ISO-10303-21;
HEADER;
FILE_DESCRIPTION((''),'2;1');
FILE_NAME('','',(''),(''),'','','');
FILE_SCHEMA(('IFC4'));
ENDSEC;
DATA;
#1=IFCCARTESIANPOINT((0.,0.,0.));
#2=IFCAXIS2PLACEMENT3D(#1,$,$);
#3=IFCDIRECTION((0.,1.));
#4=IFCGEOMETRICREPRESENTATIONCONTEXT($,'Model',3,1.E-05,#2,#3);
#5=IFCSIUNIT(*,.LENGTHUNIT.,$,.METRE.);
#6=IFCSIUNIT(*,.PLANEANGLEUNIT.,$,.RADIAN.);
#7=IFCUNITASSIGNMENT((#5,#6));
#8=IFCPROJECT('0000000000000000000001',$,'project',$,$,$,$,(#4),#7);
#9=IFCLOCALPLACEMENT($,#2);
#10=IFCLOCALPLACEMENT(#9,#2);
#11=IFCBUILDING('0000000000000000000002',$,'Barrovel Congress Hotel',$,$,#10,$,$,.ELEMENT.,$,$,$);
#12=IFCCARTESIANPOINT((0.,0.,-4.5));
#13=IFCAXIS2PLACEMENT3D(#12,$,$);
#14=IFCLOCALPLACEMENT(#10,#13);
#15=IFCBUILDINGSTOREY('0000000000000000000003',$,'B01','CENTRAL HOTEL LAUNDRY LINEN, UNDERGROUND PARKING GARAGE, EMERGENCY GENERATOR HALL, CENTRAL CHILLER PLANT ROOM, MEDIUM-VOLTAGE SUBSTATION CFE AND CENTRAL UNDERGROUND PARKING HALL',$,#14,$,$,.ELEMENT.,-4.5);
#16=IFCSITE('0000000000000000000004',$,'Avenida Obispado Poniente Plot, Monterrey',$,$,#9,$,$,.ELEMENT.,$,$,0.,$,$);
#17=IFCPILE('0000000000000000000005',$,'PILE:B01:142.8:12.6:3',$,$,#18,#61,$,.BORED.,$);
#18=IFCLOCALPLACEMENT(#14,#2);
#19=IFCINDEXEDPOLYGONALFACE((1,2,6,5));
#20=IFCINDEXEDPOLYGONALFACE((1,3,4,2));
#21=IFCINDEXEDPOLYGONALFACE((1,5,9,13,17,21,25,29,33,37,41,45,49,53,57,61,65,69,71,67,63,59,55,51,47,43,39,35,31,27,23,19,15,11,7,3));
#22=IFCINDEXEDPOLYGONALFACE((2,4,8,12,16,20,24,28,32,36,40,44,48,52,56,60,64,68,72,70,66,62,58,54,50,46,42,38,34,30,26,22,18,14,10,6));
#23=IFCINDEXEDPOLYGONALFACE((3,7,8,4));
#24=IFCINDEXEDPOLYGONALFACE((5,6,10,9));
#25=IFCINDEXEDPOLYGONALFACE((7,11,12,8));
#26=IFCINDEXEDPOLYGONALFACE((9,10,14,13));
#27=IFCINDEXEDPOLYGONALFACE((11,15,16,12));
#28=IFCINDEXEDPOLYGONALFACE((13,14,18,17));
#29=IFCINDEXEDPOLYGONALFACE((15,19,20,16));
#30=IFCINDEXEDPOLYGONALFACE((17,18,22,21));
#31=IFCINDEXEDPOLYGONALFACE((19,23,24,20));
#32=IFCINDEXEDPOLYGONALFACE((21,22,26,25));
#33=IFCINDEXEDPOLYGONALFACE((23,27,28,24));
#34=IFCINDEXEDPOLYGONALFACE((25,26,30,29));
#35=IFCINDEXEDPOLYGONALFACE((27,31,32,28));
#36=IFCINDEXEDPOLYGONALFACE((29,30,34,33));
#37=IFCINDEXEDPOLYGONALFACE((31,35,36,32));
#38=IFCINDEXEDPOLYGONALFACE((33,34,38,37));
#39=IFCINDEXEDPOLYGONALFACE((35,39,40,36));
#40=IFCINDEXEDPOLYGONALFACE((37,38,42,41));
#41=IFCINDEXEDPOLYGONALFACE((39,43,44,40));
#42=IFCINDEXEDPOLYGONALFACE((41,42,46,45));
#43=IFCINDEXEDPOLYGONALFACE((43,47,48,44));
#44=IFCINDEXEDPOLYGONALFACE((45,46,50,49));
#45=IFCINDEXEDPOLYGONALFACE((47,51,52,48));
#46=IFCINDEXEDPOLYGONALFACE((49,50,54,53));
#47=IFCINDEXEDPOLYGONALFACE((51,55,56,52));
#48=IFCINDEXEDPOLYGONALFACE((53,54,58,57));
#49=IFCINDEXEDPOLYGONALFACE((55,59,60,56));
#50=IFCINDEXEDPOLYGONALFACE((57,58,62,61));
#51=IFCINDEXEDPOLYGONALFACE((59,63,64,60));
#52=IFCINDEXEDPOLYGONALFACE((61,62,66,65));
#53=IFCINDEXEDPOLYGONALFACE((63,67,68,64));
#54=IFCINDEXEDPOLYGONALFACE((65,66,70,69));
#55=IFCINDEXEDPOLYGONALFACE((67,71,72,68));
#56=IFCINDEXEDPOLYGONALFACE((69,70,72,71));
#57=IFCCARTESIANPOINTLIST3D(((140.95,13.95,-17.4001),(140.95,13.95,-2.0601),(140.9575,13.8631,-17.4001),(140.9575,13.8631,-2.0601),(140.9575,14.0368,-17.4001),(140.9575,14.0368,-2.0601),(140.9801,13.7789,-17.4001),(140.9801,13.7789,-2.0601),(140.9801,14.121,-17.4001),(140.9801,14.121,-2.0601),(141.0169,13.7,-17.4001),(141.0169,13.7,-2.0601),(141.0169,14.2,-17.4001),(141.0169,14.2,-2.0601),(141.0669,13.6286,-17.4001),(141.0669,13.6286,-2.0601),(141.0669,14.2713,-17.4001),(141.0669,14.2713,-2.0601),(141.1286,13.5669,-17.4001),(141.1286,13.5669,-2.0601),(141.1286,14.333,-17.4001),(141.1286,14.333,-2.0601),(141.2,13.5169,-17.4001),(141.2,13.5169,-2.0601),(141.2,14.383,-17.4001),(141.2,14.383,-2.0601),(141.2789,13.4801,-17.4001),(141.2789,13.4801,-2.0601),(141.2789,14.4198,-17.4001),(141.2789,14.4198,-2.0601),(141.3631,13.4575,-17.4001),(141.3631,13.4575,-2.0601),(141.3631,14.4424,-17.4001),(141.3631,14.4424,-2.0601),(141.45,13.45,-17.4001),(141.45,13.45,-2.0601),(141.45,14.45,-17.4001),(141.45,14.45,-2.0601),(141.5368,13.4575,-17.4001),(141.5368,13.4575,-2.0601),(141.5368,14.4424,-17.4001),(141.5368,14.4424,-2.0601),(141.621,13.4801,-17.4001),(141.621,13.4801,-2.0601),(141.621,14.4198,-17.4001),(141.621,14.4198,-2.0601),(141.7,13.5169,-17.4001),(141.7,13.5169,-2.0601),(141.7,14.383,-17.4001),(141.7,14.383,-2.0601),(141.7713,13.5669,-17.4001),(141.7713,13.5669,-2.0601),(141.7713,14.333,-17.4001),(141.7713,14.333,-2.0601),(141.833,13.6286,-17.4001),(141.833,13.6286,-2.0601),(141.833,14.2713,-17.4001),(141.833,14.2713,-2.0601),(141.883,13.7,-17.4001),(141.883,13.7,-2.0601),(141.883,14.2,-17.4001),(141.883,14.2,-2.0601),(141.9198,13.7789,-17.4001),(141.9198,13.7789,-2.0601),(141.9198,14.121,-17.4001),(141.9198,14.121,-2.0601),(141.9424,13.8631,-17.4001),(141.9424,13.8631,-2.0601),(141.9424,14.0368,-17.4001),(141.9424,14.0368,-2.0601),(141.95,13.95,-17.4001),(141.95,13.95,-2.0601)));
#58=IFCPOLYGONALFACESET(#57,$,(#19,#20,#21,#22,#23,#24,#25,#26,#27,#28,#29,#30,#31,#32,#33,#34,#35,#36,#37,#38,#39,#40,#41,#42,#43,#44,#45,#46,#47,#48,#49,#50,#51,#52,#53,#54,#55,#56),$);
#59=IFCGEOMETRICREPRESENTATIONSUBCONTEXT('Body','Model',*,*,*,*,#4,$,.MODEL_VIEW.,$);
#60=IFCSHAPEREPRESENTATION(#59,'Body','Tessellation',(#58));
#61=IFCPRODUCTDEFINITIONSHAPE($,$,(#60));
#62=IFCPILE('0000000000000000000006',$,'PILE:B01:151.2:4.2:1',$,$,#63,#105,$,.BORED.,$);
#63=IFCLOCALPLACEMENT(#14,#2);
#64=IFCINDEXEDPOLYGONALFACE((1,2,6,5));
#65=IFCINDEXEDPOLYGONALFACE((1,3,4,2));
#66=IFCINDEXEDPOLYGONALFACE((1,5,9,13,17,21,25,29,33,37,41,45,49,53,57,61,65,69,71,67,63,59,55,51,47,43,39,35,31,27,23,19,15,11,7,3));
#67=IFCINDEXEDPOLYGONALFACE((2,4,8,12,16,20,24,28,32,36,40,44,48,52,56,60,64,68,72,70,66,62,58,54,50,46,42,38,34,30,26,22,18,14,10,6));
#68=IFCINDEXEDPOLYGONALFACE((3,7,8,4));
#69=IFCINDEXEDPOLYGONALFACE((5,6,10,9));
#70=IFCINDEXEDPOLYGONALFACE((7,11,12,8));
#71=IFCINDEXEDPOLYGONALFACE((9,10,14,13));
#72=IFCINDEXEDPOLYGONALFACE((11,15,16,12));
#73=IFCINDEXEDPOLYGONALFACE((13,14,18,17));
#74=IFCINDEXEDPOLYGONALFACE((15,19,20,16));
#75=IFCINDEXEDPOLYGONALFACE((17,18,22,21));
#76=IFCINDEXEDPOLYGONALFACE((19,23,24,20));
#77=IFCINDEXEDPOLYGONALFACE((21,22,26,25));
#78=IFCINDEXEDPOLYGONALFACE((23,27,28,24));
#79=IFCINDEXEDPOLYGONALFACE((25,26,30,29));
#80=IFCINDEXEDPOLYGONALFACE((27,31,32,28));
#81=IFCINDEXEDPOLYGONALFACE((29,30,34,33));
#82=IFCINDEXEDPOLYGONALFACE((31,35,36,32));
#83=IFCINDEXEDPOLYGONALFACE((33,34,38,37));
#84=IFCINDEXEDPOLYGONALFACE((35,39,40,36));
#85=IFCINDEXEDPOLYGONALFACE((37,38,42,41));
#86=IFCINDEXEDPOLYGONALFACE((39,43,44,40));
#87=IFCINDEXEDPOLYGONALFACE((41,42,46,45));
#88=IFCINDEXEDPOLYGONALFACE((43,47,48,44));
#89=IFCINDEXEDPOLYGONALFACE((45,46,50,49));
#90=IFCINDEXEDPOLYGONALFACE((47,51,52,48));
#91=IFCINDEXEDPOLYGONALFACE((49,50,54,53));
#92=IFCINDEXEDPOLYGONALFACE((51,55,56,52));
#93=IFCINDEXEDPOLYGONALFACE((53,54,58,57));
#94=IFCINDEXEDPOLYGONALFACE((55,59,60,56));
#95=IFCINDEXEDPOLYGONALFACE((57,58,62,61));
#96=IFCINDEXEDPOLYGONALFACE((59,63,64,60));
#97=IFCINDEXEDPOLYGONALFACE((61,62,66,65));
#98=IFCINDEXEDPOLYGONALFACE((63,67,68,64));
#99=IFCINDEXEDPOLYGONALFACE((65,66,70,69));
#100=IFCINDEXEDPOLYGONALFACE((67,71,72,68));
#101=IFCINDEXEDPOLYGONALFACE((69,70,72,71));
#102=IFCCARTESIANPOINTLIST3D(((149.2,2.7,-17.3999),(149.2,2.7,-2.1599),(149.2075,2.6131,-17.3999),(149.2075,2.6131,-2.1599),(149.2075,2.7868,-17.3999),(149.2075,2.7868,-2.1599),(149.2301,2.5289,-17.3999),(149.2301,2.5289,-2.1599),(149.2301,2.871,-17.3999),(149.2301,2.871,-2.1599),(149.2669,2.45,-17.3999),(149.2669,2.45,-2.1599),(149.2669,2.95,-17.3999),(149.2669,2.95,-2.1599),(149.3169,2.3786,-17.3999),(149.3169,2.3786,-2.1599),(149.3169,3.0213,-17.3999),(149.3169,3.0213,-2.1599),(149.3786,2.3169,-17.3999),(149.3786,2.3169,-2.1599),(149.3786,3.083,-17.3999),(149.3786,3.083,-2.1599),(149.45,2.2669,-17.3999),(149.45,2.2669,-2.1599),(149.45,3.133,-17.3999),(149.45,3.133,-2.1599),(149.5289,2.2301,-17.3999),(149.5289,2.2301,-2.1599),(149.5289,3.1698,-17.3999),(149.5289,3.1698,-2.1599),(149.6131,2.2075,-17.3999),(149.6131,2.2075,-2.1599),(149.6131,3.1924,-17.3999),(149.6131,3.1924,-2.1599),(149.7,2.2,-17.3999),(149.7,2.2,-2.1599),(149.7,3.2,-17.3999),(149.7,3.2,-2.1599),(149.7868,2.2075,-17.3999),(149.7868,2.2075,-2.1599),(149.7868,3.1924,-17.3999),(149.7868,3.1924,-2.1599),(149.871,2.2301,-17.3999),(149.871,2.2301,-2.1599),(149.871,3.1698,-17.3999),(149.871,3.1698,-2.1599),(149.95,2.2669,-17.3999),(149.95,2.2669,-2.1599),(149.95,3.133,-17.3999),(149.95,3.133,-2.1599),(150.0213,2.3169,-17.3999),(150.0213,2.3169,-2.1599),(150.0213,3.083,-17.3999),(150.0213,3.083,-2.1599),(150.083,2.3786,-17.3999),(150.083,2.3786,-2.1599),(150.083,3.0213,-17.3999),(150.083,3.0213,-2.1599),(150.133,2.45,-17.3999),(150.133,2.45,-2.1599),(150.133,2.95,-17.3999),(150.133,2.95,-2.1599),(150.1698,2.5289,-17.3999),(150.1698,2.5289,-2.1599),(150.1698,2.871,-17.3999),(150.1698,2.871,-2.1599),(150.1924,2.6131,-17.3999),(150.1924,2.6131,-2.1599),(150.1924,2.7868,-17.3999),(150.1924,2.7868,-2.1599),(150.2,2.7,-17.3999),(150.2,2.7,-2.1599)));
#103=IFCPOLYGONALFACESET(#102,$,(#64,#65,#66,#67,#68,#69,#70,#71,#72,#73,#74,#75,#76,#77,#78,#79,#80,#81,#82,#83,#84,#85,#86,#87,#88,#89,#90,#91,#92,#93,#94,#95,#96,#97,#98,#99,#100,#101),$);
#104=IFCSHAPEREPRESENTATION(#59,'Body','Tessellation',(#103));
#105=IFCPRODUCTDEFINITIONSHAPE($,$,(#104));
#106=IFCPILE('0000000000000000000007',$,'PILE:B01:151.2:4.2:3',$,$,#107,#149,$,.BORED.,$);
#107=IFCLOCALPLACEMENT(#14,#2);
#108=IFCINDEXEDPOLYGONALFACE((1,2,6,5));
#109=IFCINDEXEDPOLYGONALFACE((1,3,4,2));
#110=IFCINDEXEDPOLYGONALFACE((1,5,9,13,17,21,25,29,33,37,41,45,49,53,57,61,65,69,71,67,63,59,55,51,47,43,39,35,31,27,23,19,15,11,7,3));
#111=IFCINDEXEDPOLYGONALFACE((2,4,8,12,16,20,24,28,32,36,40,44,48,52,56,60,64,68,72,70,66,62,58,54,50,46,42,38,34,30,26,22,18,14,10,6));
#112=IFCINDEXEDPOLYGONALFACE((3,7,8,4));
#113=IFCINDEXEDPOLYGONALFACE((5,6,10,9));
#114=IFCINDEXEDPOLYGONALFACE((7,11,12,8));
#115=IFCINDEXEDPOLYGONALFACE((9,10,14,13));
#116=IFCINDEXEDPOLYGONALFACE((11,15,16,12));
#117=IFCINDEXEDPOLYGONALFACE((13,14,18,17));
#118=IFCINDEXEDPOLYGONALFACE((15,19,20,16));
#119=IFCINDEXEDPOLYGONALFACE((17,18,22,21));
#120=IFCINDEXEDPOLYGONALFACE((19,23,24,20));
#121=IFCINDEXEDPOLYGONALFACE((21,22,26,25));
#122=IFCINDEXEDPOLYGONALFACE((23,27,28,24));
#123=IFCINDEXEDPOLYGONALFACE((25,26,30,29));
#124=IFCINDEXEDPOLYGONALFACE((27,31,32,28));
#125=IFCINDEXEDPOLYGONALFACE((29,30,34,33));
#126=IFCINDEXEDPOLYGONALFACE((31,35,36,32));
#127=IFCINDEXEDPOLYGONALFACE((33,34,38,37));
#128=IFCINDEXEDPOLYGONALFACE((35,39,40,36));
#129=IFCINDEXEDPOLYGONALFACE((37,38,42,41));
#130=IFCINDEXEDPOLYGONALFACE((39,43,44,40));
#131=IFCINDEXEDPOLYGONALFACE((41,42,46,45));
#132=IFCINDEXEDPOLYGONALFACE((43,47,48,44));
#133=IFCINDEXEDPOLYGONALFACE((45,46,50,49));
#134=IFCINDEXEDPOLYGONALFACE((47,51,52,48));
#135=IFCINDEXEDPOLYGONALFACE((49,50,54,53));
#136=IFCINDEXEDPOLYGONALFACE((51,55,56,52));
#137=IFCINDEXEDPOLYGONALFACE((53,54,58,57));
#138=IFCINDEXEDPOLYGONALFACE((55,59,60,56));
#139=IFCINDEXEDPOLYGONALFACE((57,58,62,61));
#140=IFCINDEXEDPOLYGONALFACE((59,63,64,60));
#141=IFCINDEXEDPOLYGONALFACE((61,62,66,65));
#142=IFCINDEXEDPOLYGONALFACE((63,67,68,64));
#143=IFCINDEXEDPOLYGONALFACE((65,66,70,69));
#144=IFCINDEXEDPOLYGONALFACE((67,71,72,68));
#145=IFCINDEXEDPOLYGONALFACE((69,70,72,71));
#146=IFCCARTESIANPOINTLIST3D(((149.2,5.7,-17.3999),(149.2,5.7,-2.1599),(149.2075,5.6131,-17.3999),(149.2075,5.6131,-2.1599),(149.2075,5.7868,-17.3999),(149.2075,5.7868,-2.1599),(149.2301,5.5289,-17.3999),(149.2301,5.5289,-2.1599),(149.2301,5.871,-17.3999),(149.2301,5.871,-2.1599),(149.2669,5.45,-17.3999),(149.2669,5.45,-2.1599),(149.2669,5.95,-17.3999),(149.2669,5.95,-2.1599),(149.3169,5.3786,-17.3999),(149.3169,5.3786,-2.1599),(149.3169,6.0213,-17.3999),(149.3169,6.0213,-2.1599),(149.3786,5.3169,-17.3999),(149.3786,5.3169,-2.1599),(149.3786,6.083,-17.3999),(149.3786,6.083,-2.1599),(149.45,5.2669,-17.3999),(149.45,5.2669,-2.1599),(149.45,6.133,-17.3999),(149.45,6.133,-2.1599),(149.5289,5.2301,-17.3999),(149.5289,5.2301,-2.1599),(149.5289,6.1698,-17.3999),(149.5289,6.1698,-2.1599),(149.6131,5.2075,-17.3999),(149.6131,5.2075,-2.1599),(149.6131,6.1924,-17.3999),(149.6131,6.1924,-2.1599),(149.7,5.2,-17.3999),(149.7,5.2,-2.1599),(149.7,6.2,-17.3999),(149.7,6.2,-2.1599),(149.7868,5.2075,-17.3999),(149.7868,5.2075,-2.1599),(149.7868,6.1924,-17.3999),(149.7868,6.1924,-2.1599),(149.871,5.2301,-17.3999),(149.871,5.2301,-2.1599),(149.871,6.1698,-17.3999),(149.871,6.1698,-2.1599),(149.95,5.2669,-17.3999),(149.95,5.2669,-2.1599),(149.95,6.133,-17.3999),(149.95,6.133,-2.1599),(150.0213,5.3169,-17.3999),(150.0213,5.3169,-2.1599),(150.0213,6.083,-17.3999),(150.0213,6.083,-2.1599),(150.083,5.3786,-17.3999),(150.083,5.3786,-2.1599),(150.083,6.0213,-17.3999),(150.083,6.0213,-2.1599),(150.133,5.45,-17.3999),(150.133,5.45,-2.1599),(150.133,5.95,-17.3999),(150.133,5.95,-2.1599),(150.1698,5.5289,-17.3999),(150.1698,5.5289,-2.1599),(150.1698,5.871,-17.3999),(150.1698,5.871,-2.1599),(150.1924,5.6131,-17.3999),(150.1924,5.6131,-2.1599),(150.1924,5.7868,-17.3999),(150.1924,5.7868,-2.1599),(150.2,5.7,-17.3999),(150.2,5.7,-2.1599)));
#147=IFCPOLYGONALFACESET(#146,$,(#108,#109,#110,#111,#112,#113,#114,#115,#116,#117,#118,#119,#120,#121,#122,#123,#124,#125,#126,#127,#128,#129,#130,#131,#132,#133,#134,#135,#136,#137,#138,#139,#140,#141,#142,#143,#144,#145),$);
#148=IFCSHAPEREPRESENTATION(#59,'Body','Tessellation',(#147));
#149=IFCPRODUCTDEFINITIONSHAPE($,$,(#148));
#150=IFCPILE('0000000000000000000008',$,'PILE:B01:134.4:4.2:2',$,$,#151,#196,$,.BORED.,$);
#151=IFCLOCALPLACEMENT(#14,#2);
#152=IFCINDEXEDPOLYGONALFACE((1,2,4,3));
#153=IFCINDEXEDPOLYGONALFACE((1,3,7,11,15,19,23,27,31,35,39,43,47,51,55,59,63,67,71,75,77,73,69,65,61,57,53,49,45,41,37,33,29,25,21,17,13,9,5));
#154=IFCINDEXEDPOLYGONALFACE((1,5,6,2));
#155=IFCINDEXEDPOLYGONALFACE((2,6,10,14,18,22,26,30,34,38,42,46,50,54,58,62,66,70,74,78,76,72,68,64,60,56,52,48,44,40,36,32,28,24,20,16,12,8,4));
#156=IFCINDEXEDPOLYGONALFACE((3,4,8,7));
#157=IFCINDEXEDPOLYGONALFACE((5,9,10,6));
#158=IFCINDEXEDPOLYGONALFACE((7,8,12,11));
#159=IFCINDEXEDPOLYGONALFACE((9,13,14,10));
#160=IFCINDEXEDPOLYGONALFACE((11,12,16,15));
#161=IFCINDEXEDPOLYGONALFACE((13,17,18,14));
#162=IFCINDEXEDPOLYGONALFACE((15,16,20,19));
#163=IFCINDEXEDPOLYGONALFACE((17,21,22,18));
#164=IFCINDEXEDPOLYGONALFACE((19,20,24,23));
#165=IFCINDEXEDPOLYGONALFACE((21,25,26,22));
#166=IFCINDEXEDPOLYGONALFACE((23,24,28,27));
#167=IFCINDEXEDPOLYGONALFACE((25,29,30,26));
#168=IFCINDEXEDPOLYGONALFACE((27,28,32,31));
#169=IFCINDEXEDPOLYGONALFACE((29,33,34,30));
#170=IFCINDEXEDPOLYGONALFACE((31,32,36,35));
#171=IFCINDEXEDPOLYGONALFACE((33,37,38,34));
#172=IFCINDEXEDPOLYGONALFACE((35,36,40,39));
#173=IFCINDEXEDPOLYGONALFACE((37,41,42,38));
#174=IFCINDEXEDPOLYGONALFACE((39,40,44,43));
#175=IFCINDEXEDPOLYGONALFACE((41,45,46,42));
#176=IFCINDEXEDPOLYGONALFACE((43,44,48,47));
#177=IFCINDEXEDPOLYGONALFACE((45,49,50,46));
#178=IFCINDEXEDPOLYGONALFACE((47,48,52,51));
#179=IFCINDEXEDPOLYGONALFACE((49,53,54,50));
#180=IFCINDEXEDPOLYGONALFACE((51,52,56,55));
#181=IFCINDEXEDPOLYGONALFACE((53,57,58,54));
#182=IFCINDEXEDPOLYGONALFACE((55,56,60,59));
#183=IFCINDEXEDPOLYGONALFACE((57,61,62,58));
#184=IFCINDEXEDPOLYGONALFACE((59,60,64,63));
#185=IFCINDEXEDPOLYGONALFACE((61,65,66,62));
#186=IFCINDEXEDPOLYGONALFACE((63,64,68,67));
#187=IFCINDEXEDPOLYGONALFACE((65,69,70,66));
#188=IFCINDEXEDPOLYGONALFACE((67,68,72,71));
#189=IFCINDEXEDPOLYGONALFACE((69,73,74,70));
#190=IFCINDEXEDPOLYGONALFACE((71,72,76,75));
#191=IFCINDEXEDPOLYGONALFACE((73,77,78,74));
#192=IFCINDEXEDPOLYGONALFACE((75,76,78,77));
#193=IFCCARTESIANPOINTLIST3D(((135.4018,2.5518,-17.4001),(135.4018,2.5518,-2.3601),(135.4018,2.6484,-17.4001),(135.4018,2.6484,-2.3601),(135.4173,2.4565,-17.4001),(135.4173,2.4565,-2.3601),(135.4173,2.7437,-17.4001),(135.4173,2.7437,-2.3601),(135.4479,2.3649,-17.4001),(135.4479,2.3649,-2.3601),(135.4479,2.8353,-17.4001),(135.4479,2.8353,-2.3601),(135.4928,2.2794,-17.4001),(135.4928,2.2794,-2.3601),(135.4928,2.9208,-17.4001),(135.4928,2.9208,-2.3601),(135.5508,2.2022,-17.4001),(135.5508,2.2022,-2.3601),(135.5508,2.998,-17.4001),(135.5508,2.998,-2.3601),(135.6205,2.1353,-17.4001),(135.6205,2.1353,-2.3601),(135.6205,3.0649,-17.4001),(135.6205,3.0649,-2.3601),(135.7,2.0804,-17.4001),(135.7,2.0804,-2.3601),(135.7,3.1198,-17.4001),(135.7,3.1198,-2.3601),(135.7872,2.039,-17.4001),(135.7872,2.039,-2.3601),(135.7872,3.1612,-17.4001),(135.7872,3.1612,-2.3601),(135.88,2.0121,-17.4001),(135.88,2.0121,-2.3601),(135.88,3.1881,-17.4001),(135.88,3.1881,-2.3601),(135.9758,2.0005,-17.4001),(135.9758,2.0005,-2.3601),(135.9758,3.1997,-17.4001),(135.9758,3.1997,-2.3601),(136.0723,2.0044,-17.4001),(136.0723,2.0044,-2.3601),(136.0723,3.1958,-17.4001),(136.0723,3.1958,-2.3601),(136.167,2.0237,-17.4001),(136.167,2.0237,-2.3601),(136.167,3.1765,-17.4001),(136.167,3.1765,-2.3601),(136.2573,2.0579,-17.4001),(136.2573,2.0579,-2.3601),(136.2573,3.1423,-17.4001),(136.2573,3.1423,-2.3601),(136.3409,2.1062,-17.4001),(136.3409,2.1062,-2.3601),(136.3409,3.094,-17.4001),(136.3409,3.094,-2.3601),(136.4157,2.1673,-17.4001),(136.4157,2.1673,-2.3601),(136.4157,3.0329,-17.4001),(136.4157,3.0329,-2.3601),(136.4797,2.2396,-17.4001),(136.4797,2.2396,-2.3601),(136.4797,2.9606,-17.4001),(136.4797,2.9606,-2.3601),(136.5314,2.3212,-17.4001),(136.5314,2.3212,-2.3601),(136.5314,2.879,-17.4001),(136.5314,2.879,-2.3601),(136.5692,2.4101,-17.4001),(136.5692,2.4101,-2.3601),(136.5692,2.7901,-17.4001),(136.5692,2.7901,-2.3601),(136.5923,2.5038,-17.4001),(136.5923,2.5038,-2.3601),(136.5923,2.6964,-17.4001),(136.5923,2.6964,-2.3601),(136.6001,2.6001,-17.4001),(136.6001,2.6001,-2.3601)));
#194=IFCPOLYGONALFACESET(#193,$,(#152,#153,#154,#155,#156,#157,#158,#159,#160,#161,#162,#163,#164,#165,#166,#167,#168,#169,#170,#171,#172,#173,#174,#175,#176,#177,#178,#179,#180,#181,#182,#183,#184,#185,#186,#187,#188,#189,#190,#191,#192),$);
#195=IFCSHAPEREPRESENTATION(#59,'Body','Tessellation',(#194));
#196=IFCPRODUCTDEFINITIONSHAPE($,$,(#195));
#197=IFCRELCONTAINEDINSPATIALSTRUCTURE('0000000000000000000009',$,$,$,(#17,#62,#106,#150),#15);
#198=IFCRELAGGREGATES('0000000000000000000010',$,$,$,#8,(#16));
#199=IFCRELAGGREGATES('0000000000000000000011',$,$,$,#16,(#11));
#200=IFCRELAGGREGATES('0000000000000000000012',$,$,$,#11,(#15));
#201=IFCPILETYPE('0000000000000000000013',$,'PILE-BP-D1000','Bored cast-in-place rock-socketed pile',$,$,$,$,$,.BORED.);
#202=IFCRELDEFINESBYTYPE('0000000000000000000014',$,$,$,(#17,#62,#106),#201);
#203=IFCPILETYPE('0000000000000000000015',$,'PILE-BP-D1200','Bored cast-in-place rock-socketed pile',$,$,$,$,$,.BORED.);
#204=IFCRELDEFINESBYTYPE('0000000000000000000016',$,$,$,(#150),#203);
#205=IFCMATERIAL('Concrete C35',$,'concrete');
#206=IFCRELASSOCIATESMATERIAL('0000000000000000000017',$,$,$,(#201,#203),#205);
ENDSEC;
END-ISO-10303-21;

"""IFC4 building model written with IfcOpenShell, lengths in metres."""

from ifc_helpers import new_model, si_unit, direction, frame, origin, origin_2d, place, context, subcontext, project, spatial, circle, extrude, material, material_profile, profile_set, type_object, element, save


model = new_model("IFC4")

# Units and contexts
model_context = context("Model", 3, precision=1e-05, world=origin(), true_north=direction((0.0, 1.0)))
body_context = subcontext(model_context, "Body", "Model", "MODEL_VIEW")
ifc_project = project(units=[si_unit("LENGTHUNIT", "METRE"), si_unit("PLANEANGLEUNIT", "RADIAN")], contexts=[model_context])

# Site, building, storey
site_placement = place(None, origin())
site = spatial("IfcSite", under=ifc_project, at=site_placement, Name="Avenida Obispado Poniente Plot, Monterrey", CompositionType="ELEMENT", RefElevation=0.0)
building_placement = place(site_placement, origin())
building = spatial("IfcBuilding", under=site, at=building_placement, Name="Barrovel Congress Hotel", CompositionType="ELEMENT")
storey_placement = place(building_placement, frame((0.0, 0.0, -4.5)))
storey = spatial("IfcBuildingStorey", under=building, at=storey_placement, Name="B01", Description="CENTRAL HOTEL LAUNDRY LINEN, UNDERGROUND PARKING GARAGE, EMERGENCY GENERATOR HALL, CENTRAL CHILLER PLANT ROOM, MEDIUM-VOLTAGE SUBSTATION CFE AND CENTRAL UNDERGROUND PARKING HALL", CompositionType="ELEMENT", Elevation=-4.5)

# Piles
ifc_material_1 = material(Name="Concrete C35", Category="concrete")
ifc_material_profile_1 = material_profile(ifc_material_1, circle(Radius=0.5, at=origin_2d()), Name="BP-D1000")
ifc_profile_set_1 = profile_set([ifc_material_profile_1], Name="Concrete C35")
pile_type_1 = type_object("IfcPileType", Name="PILE-BP-D1000", Description="Bored cast-in-place rock-socketed pile", PredefinedType="BORED", material=ifc_profile_set_1)
for number, where, z_axis, x_axis, name in (
    (1, (141.45, 13.95, -2.0601), (0.0, 0.0, -1.0), (1.0, 0.0, 0.0), "PILE:B01:142.8:12.6:3"),
):
    element("IfcPile", number, at=place(storey_placement, frame(where, z_axis=z_axis, x_axis=x_axis)), inside=storey, type_object=pile_type_1, Name=name, PredefinedType="BORED", context=body_context, shape_type="SweptSolid", body=[
        extrude(circle(Radius=0.5, at=origin_2d()), origin(), (0.0, 0.0, 1.0), 15.3401),
    ])
for number, where, z_axis, x_axis, name in (
    (2, (149.7, 2.7, -2.1599), (0.0, 0.0, -1.0), (1.0, 0.0, 0.0), "PILE:B01:151.2:4.2:1"),
    (3, (149.7, 5.7, -2.1599), (0.0, 0.0, -1.0), (1.0, 0.0, 0.0), "PILE:B01:151.2:4.2:3"),
):
    element("IfcPile", number, at=place(storey_placement, frame(where, z_axis=z_axis, x_axis=x_axis)), inside=storey, type_object=pile_type_1, Name=name, PredefinedType="BORED", context=body_context, shape_type="SweptSolid", body=[
        extrude(circle(Radius=0.5, at=origin_2d()), origin(), (0.0, 0.0, 1.0), 15.24),
    ])
ifc_material_profile_2 = material_profile(ifc_material_1, circle(Radius=0.6001, at=origin_2d()), Name="BP-D1200")
ifc_profile_set_2 = profile_set([ifc_material_profile_2], Name="Concrete C35")
pile_type_2 = type_object("IfcPileType", Name="PILE-BP-D1200", Description="Bored cast-in-place rock-socketed pile", PredefinedType="BORED", material=ifc_profile_set_2)
for number, where, z_axis, x_axis, name in (
    (4, (136.0, 2.6001, -2.3601), (0.0, 0.0, -1.0), (1.0, 0.0, 0.0), "PILE:B01:134.4:4.2:2"),
):
    element("IfcPile", number, at=place(storey_placement, frame(where, z_axis=z_axis, x_axis=x_axis)), inside=storey, type_object=pile_type_2, Name=name, PredefinedType="BORED", context=body_context, shape_type="SweptSolid", body=[
        extrude(circle(Radius=0.6001, at=origin_2d()), origin(), (0.0, 0.0, 1.0), 15.04),
    ])

save(model, "model.ifc")
